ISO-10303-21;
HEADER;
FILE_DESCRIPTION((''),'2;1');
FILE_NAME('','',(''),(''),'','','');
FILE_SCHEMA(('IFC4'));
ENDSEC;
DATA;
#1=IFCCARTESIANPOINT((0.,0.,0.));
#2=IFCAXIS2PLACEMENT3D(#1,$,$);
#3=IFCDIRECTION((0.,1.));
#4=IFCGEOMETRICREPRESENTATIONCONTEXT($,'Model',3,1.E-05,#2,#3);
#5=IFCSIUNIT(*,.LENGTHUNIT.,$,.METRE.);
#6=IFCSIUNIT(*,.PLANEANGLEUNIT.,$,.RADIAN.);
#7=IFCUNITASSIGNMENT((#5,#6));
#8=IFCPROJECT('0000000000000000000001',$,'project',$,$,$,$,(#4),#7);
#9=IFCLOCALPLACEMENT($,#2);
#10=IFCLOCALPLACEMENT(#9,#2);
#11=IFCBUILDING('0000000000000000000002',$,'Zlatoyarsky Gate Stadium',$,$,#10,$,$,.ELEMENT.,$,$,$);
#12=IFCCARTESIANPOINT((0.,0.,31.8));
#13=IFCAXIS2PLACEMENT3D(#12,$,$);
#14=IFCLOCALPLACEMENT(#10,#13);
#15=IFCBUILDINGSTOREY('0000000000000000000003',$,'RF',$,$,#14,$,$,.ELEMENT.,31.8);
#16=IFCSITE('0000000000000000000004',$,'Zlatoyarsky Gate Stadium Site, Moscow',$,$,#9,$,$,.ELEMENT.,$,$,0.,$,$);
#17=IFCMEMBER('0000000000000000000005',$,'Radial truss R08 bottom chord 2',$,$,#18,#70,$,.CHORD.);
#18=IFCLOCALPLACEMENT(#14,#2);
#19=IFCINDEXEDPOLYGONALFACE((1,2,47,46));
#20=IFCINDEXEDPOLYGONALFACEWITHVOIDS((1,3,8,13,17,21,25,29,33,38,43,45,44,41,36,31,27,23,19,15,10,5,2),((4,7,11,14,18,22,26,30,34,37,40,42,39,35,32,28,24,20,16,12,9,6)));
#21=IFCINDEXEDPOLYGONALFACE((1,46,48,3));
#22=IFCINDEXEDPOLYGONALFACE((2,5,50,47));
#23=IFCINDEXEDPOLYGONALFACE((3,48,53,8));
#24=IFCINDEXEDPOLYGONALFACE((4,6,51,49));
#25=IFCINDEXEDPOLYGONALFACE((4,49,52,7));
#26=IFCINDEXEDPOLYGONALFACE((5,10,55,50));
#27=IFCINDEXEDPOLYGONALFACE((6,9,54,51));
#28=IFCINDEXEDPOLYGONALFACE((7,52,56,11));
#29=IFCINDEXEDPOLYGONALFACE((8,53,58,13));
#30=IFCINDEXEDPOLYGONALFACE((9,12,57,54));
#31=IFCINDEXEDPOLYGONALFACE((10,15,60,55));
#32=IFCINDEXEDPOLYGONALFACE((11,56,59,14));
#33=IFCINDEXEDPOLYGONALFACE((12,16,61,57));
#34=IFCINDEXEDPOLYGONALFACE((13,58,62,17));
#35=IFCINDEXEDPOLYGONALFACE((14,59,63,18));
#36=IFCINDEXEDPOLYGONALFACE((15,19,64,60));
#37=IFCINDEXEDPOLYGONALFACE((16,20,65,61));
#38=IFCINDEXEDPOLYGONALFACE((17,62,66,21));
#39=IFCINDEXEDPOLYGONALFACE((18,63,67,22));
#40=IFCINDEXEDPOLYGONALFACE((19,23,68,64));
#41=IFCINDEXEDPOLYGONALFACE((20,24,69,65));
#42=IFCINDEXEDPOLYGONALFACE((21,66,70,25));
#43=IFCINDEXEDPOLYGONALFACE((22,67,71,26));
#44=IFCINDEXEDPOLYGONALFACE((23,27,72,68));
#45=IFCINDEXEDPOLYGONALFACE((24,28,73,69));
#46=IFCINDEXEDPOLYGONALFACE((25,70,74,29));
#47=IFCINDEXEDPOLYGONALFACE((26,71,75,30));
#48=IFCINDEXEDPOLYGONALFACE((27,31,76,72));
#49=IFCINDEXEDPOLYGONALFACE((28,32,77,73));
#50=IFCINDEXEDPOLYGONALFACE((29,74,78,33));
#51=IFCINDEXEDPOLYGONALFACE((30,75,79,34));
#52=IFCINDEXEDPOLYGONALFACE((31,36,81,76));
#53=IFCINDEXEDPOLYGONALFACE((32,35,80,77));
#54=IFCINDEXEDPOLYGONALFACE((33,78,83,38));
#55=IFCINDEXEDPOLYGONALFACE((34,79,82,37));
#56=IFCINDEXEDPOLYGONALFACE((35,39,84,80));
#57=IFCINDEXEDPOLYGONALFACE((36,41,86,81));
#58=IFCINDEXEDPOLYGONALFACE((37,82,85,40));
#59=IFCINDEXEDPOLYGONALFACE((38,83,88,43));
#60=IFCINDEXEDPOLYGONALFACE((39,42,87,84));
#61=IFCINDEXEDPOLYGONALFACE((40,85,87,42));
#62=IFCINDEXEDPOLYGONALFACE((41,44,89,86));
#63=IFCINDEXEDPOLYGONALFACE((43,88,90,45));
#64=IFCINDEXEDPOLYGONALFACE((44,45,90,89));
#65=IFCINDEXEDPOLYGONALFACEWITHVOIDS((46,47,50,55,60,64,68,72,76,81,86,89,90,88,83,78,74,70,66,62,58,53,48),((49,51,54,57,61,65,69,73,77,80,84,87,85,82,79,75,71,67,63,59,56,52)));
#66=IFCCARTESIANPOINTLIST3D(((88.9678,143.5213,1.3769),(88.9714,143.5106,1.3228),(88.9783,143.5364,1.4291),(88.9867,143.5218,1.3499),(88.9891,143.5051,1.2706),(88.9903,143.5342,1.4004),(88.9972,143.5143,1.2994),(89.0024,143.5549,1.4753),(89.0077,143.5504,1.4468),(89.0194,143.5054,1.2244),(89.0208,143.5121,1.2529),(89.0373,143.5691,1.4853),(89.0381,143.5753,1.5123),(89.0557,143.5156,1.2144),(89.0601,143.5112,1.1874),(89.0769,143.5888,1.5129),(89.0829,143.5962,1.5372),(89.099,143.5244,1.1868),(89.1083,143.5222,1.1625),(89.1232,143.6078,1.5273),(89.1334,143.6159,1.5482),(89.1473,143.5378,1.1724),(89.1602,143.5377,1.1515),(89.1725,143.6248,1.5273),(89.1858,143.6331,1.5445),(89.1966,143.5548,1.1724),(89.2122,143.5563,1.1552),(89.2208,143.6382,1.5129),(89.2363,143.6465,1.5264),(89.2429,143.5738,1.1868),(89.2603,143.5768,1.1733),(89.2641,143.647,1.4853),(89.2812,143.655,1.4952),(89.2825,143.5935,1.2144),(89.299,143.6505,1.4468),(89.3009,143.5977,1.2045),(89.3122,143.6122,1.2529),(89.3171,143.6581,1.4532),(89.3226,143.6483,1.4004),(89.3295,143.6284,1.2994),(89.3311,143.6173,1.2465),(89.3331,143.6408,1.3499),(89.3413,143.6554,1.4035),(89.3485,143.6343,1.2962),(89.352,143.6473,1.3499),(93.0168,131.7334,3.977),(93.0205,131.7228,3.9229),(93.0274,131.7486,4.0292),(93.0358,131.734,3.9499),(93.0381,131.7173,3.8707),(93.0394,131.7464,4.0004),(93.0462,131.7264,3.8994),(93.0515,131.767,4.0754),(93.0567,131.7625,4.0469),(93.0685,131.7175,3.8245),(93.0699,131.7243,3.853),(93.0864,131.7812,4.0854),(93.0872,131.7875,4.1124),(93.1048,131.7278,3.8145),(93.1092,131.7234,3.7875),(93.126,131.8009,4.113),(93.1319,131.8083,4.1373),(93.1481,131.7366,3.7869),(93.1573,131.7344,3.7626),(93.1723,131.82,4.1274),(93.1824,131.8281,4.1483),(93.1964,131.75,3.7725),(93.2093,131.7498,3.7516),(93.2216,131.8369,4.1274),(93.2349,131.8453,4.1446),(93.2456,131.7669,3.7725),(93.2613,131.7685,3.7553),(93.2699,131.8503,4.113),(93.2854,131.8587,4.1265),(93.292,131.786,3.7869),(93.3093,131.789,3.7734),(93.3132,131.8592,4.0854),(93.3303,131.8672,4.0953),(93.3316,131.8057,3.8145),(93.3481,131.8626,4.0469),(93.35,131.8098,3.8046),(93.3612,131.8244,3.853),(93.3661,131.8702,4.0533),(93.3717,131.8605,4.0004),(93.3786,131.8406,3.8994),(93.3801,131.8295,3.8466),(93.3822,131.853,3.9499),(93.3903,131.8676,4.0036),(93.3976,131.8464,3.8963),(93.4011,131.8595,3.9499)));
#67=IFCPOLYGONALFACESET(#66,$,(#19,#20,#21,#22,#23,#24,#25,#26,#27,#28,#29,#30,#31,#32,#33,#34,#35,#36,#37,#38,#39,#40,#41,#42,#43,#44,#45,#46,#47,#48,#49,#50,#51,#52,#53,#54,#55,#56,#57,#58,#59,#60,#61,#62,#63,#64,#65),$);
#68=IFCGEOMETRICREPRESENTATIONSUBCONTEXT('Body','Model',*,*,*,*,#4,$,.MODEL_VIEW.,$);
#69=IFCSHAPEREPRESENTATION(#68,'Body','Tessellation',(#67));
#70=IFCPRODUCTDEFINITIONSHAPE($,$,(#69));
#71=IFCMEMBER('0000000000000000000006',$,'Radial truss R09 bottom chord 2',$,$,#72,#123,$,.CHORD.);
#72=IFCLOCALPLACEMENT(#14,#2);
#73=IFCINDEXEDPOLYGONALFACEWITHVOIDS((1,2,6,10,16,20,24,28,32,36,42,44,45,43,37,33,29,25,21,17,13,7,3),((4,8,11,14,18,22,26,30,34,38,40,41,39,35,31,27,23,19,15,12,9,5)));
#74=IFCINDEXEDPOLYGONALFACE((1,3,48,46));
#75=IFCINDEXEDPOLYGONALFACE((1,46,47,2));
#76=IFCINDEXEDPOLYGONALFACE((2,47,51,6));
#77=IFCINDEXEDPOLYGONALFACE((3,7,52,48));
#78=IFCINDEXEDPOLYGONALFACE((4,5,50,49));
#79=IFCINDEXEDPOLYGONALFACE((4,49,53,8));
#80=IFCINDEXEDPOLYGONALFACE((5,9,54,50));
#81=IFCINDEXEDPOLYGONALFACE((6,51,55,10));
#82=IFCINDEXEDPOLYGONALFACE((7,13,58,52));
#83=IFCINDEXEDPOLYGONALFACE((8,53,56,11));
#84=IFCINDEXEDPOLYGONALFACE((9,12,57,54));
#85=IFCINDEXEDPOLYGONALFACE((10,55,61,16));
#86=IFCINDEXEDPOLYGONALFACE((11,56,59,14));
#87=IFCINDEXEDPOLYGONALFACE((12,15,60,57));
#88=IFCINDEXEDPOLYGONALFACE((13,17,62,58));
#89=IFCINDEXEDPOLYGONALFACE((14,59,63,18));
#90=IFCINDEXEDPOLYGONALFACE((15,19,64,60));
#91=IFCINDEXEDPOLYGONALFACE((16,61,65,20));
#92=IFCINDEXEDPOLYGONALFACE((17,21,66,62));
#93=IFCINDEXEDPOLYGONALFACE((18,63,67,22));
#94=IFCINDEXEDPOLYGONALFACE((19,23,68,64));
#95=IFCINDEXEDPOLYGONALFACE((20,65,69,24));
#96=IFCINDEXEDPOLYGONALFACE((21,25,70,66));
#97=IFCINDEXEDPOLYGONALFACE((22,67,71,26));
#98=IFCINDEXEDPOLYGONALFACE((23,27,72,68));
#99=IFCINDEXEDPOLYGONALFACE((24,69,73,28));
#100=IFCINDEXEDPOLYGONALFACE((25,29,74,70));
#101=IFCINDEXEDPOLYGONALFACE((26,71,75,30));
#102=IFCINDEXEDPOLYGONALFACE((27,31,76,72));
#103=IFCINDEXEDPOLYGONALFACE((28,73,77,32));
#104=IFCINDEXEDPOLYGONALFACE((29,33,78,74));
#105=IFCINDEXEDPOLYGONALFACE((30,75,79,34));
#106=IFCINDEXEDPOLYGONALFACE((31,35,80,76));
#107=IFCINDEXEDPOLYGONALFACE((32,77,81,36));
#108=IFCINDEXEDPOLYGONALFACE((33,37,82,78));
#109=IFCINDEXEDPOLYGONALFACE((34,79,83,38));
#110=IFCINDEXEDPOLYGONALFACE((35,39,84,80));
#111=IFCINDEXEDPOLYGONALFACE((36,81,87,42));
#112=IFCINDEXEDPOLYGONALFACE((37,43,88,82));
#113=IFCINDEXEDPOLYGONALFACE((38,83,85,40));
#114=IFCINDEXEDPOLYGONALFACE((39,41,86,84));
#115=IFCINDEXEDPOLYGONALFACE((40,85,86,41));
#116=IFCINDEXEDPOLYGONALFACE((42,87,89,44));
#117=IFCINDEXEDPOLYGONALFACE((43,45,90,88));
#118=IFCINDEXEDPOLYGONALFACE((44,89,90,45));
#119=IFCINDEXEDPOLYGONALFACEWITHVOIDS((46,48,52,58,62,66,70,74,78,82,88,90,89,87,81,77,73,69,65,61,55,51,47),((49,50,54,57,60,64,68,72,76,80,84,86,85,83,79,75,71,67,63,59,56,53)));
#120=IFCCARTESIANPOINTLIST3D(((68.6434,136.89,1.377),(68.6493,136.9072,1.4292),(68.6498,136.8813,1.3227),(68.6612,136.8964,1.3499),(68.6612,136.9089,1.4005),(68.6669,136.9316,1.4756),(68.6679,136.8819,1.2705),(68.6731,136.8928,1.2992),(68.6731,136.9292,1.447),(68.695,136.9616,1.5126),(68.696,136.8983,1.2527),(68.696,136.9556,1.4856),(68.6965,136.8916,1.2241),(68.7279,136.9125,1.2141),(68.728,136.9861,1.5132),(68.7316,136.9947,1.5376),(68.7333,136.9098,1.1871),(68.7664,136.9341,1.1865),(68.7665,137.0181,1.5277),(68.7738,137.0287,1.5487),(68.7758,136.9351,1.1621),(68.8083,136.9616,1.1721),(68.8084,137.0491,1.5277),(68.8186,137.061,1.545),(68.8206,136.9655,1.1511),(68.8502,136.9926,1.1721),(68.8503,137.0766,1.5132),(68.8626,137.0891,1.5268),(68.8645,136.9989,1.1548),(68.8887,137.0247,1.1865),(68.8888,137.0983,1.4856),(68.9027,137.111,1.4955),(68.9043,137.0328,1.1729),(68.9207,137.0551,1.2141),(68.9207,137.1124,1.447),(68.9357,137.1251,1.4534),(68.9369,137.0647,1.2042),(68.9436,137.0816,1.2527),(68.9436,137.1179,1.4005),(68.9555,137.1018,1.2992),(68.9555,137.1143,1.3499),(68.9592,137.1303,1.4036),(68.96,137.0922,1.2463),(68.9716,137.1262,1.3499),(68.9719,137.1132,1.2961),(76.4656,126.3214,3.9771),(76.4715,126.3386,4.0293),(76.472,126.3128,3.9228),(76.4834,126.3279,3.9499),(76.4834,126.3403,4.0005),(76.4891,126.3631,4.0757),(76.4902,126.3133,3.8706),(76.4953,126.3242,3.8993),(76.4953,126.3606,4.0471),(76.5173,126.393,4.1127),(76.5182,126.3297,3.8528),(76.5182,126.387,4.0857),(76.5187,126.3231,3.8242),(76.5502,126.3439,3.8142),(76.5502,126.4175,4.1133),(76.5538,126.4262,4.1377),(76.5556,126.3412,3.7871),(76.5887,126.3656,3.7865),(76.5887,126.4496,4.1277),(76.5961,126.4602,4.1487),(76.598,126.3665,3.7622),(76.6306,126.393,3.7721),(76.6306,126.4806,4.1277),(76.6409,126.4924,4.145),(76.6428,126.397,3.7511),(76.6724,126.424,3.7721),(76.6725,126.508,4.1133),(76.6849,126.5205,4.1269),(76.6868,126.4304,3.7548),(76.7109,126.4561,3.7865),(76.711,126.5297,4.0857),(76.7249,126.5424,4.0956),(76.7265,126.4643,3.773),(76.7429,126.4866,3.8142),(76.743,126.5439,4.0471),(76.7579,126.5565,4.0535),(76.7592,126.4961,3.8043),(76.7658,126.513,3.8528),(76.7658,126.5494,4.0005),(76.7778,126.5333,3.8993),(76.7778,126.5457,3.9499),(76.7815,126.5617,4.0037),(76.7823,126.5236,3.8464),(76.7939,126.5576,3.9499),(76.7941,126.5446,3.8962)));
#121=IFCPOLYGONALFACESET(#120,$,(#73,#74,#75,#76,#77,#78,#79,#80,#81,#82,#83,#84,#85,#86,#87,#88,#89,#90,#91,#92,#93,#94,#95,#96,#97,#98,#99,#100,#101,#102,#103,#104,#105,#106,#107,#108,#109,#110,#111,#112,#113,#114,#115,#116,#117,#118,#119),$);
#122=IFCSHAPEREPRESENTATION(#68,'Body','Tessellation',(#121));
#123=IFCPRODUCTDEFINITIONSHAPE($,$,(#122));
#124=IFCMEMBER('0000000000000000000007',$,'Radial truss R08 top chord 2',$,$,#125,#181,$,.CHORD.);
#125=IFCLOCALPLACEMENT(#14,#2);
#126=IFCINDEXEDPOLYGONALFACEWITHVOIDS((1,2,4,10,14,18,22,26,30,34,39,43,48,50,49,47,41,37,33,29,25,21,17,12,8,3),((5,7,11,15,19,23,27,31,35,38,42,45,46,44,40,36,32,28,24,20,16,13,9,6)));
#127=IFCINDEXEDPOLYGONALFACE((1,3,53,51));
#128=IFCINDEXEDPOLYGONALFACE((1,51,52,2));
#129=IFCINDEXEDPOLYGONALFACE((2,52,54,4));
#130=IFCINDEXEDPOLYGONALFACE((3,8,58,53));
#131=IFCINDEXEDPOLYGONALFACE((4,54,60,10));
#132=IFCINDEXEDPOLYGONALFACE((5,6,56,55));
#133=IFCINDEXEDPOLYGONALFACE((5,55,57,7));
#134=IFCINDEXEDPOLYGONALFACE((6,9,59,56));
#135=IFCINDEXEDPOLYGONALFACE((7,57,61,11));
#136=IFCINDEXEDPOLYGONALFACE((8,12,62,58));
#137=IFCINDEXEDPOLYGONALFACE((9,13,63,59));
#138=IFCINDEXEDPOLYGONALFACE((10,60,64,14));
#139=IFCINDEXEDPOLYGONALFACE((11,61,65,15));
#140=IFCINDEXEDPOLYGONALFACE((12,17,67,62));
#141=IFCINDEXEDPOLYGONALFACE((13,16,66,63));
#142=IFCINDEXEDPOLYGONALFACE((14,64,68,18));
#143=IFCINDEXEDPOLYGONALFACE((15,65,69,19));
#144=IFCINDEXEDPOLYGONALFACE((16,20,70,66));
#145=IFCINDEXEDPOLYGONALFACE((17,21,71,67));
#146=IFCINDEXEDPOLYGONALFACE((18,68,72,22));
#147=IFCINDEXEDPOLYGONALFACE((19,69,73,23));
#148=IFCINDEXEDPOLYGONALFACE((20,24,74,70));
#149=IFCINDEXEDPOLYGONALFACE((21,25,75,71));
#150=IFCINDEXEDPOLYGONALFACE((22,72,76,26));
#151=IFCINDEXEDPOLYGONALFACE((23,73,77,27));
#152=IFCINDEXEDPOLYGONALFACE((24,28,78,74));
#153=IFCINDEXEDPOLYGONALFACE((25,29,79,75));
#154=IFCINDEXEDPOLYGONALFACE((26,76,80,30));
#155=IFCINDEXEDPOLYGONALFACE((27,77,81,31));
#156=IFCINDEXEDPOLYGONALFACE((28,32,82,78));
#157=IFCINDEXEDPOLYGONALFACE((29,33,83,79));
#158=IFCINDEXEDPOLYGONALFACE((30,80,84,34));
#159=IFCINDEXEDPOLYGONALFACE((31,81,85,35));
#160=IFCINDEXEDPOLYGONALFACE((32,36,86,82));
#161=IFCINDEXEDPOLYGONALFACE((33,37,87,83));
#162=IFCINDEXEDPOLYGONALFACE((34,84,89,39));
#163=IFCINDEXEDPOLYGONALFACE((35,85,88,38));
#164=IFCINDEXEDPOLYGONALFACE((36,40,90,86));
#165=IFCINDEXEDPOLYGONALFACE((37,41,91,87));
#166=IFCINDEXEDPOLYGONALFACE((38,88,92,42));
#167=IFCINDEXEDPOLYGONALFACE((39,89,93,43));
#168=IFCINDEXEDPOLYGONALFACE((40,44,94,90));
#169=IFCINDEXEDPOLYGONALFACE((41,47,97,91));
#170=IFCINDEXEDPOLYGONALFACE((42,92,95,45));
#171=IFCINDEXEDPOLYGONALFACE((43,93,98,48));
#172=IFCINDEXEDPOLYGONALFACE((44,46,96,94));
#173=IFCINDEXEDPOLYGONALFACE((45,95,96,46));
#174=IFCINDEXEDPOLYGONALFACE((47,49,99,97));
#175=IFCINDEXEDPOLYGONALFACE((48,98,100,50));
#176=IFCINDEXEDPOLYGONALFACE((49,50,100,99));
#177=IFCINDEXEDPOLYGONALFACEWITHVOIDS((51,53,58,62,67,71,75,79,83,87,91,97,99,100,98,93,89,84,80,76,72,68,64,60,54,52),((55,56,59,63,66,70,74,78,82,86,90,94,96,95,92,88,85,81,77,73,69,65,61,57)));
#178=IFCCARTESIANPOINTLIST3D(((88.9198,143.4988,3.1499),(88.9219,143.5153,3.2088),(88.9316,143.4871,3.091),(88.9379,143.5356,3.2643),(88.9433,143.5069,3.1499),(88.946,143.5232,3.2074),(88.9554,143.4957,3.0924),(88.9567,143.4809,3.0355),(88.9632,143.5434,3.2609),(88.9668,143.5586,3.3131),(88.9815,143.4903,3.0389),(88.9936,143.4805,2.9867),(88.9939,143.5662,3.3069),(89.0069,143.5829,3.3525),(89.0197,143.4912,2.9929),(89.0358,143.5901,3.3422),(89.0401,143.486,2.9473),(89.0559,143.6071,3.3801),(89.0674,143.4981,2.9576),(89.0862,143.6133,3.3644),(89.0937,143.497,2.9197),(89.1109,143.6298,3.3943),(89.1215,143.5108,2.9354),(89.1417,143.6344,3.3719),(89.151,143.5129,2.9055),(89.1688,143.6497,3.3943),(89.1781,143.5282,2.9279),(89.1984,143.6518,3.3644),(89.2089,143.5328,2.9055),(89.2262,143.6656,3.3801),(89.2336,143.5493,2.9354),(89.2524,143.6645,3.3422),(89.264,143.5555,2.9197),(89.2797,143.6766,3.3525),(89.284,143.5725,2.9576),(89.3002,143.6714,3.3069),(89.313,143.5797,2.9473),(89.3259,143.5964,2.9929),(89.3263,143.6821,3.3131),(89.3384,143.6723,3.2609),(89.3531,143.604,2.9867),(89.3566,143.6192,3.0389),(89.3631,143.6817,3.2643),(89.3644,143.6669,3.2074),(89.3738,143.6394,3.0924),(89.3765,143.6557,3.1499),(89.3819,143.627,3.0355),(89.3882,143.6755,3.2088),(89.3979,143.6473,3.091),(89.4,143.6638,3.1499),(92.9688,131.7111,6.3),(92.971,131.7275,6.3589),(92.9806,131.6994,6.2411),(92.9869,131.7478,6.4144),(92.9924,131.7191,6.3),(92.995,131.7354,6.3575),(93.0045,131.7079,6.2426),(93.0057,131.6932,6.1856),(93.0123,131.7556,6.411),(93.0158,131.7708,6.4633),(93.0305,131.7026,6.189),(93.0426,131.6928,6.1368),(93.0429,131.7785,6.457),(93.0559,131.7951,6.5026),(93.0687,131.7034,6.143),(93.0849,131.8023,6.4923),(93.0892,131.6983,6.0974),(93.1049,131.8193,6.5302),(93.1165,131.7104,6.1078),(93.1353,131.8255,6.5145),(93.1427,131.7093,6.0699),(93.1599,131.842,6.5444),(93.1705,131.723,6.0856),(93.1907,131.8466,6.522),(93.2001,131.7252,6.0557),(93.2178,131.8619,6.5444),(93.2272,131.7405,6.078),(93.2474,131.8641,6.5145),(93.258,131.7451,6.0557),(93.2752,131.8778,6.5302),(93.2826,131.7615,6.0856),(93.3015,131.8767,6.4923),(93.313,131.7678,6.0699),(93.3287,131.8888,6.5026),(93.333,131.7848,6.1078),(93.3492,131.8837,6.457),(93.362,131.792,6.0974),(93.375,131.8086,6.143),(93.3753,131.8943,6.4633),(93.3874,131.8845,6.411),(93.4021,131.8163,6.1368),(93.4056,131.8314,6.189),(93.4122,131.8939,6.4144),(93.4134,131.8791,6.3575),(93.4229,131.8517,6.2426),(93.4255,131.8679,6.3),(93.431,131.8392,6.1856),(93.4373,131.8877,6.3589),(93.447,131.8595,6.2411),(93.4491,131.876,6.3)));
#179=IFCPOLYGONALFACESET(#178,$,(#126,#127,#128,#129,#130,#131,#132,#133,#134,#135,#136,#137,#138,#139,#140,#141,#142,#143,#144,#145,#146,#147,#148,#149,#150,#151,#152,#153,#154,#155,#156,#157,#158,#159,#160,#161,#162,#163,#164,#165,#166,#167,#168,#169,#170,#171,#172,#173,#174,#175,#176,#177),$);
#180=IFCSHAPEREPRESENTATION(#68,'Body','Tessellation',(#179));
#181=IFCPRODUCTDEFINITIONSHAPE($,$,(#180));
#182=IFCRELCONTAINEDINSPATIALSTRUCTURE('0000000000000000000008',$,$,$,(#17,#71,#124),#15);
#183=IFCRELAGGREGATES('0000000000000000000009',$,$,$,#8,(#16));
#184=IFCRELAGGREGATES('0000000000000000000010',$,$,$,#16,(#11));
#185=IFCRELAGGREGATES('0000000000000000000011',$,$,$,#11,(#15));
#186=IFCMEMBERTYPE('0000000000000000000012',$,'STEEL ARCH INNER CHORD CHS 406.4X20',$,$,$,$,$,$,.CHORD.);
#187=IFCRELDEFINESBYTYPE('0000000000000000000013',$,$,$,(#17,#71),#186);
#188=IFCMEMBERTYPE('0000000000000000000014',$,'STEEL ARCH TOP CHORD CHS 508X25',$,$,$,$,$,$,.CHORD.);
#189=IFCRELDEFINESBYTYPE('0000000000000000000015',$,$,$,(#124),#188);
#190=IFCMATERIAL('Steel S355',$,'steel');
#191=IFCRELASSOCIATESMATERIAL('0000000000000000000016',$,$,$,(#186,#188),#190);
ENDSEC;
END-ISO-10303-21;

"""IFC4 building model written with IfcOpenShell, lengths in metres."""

from ifc_helpers import new_model, si_unit, direction, frame, origin, origin_2d, place, context, subcontext, project, spatial, hollow_circle, extrude, material, material_profile, profile_set, type_object, element, save


model = new_model("IFC4")

# Units and contexts
model_context = context("Model", 3, precision=1e-05, world=origin(), true_north=direction((0.0, 1.0)))
body_context = subcontext(model_context, "Body", "Model", "MODEL_VIEW")
ifc_project = project(units=[si_unit("LENGTHUNIT", "METRE"), si_unit("PLANEANGLEUNIT", "RADIAN")], contexts=[model_context])

# Site, building, storey
site_placement = place(None, origin())
site = spatial("IfcSite", under=ifc_project, at=site_placement, Name="Zlatoyarsky Gate Stadium Site, Moscow", CompositionType="ELEMENT", RefElevation=0.0)
building_placement = place(site_placement, origin())
building = spatial("IfcBuilding", under=site, at=building_placement, Name="Zlatoyarsky Gate Stadium", CompositionType="ELEMENT")
storey_placement = place(building_placement, frame((0.0, 0.0, 31.8)))
storey = spatial("IfcBuildingStorey", under=building, at=storey_placement, Name="RF", CompositionType="ELEMENT", Elevation=31.8)

# Members
ifc_material_1 = material(Name="Steel S355", Category="steel")
ifc_material_profile_1 = material_profile(ifc_material_1, hollow_circle(Radius=0.2031, WallThickness=0.02, at=origin_2d()), Name="CHS 406.4X20")
ifc_profile_set_1 = profile_set([ifc_material_profile_1], Name="Steel S355")
member_type_1 = type_object("IfcMemberType", Name="STEEL ARCH INNER CHORD CHS 406.4X20", PredefinedType="CHORD", material=ifc_profile_set_1)
member_1_placement = place(storey_placement, frame((89.1599, 143.5813, 1.3499), z_axis=(0.318018, -0.92583, 0.204214), x_axis=(0.945761, 0.324865, 0.0)))
element("IfcMember", 1, at=member_1_placement, inside=storey, type_object=member_type_1, Name="Radial truss R08 bottom chord 2", PredefinedType="CHORD", context=body_context, shape_type="SweptSolid", body=[
    extrude(hollow_circle(Radius=0.2031, WallThickness=0.02, at=origin_2d()), origin(), (0.0, 0.0, 1.0), 12.7322),
])
member_2_placement = place(storey_placement, frame((68.8083, 137.0054, 1.3499), z_axis=(0.583615, -0.788518, 0.193992), x_axis=(0.803787, 0.594917, 0.0)))
element("IfcMember", 2, at=member_2_placement, inside=storey, type_object=member_type_1, Name="Radial truss R09 bottom chord 2", PredefinedType="CHORD", context=body_context, shape_type="SweptSolid", body=[
    extrude(hollow_circle(Radius=0.2031, WallThickness=0.02, at=origin_2d()), origin(), (0.0, 0.0, 1.0), 13.4031),
])
ifc_material_profile_2 = material_profile(ifc_material_1, hollow_circle(Radius=0.2539, WallThickness=0.0249, at=origin_2d()), Name="CHS 508X25")
ifc_profile_set_2 = profile_set([ifc_material_profile_2], Name="Steel S355")
member_type_2 = type_object("IfcMemberType", Name="STEEL ARCH TOP CHORD CHS 508X25", PredefinedType="CHORD", material=ifc_profile_set_2)
member_3_placement = place(storey_placement, frame((89.1599, 143.5813, 3.1499), z_axis=(0.314961, -0.916928, 0.245037), x_axis=(0.945761, 0.324865, 0.0)))
element("IfcMember", 3, at=member_3_placement, inside=storey, type_object=member_type_2, Name="Radial truss R08 top chord 2", PredefinedType="CHORD", context=body_context, shape_type="SweptSolid", body=[
    extrude(hollow_circle(Radius=0.2539, WallThickness=0.0249, at=origin_2d()), origin(), (0.0, 0.0, 1.0), 12.8557),
])

save(model, "model.ifc")
